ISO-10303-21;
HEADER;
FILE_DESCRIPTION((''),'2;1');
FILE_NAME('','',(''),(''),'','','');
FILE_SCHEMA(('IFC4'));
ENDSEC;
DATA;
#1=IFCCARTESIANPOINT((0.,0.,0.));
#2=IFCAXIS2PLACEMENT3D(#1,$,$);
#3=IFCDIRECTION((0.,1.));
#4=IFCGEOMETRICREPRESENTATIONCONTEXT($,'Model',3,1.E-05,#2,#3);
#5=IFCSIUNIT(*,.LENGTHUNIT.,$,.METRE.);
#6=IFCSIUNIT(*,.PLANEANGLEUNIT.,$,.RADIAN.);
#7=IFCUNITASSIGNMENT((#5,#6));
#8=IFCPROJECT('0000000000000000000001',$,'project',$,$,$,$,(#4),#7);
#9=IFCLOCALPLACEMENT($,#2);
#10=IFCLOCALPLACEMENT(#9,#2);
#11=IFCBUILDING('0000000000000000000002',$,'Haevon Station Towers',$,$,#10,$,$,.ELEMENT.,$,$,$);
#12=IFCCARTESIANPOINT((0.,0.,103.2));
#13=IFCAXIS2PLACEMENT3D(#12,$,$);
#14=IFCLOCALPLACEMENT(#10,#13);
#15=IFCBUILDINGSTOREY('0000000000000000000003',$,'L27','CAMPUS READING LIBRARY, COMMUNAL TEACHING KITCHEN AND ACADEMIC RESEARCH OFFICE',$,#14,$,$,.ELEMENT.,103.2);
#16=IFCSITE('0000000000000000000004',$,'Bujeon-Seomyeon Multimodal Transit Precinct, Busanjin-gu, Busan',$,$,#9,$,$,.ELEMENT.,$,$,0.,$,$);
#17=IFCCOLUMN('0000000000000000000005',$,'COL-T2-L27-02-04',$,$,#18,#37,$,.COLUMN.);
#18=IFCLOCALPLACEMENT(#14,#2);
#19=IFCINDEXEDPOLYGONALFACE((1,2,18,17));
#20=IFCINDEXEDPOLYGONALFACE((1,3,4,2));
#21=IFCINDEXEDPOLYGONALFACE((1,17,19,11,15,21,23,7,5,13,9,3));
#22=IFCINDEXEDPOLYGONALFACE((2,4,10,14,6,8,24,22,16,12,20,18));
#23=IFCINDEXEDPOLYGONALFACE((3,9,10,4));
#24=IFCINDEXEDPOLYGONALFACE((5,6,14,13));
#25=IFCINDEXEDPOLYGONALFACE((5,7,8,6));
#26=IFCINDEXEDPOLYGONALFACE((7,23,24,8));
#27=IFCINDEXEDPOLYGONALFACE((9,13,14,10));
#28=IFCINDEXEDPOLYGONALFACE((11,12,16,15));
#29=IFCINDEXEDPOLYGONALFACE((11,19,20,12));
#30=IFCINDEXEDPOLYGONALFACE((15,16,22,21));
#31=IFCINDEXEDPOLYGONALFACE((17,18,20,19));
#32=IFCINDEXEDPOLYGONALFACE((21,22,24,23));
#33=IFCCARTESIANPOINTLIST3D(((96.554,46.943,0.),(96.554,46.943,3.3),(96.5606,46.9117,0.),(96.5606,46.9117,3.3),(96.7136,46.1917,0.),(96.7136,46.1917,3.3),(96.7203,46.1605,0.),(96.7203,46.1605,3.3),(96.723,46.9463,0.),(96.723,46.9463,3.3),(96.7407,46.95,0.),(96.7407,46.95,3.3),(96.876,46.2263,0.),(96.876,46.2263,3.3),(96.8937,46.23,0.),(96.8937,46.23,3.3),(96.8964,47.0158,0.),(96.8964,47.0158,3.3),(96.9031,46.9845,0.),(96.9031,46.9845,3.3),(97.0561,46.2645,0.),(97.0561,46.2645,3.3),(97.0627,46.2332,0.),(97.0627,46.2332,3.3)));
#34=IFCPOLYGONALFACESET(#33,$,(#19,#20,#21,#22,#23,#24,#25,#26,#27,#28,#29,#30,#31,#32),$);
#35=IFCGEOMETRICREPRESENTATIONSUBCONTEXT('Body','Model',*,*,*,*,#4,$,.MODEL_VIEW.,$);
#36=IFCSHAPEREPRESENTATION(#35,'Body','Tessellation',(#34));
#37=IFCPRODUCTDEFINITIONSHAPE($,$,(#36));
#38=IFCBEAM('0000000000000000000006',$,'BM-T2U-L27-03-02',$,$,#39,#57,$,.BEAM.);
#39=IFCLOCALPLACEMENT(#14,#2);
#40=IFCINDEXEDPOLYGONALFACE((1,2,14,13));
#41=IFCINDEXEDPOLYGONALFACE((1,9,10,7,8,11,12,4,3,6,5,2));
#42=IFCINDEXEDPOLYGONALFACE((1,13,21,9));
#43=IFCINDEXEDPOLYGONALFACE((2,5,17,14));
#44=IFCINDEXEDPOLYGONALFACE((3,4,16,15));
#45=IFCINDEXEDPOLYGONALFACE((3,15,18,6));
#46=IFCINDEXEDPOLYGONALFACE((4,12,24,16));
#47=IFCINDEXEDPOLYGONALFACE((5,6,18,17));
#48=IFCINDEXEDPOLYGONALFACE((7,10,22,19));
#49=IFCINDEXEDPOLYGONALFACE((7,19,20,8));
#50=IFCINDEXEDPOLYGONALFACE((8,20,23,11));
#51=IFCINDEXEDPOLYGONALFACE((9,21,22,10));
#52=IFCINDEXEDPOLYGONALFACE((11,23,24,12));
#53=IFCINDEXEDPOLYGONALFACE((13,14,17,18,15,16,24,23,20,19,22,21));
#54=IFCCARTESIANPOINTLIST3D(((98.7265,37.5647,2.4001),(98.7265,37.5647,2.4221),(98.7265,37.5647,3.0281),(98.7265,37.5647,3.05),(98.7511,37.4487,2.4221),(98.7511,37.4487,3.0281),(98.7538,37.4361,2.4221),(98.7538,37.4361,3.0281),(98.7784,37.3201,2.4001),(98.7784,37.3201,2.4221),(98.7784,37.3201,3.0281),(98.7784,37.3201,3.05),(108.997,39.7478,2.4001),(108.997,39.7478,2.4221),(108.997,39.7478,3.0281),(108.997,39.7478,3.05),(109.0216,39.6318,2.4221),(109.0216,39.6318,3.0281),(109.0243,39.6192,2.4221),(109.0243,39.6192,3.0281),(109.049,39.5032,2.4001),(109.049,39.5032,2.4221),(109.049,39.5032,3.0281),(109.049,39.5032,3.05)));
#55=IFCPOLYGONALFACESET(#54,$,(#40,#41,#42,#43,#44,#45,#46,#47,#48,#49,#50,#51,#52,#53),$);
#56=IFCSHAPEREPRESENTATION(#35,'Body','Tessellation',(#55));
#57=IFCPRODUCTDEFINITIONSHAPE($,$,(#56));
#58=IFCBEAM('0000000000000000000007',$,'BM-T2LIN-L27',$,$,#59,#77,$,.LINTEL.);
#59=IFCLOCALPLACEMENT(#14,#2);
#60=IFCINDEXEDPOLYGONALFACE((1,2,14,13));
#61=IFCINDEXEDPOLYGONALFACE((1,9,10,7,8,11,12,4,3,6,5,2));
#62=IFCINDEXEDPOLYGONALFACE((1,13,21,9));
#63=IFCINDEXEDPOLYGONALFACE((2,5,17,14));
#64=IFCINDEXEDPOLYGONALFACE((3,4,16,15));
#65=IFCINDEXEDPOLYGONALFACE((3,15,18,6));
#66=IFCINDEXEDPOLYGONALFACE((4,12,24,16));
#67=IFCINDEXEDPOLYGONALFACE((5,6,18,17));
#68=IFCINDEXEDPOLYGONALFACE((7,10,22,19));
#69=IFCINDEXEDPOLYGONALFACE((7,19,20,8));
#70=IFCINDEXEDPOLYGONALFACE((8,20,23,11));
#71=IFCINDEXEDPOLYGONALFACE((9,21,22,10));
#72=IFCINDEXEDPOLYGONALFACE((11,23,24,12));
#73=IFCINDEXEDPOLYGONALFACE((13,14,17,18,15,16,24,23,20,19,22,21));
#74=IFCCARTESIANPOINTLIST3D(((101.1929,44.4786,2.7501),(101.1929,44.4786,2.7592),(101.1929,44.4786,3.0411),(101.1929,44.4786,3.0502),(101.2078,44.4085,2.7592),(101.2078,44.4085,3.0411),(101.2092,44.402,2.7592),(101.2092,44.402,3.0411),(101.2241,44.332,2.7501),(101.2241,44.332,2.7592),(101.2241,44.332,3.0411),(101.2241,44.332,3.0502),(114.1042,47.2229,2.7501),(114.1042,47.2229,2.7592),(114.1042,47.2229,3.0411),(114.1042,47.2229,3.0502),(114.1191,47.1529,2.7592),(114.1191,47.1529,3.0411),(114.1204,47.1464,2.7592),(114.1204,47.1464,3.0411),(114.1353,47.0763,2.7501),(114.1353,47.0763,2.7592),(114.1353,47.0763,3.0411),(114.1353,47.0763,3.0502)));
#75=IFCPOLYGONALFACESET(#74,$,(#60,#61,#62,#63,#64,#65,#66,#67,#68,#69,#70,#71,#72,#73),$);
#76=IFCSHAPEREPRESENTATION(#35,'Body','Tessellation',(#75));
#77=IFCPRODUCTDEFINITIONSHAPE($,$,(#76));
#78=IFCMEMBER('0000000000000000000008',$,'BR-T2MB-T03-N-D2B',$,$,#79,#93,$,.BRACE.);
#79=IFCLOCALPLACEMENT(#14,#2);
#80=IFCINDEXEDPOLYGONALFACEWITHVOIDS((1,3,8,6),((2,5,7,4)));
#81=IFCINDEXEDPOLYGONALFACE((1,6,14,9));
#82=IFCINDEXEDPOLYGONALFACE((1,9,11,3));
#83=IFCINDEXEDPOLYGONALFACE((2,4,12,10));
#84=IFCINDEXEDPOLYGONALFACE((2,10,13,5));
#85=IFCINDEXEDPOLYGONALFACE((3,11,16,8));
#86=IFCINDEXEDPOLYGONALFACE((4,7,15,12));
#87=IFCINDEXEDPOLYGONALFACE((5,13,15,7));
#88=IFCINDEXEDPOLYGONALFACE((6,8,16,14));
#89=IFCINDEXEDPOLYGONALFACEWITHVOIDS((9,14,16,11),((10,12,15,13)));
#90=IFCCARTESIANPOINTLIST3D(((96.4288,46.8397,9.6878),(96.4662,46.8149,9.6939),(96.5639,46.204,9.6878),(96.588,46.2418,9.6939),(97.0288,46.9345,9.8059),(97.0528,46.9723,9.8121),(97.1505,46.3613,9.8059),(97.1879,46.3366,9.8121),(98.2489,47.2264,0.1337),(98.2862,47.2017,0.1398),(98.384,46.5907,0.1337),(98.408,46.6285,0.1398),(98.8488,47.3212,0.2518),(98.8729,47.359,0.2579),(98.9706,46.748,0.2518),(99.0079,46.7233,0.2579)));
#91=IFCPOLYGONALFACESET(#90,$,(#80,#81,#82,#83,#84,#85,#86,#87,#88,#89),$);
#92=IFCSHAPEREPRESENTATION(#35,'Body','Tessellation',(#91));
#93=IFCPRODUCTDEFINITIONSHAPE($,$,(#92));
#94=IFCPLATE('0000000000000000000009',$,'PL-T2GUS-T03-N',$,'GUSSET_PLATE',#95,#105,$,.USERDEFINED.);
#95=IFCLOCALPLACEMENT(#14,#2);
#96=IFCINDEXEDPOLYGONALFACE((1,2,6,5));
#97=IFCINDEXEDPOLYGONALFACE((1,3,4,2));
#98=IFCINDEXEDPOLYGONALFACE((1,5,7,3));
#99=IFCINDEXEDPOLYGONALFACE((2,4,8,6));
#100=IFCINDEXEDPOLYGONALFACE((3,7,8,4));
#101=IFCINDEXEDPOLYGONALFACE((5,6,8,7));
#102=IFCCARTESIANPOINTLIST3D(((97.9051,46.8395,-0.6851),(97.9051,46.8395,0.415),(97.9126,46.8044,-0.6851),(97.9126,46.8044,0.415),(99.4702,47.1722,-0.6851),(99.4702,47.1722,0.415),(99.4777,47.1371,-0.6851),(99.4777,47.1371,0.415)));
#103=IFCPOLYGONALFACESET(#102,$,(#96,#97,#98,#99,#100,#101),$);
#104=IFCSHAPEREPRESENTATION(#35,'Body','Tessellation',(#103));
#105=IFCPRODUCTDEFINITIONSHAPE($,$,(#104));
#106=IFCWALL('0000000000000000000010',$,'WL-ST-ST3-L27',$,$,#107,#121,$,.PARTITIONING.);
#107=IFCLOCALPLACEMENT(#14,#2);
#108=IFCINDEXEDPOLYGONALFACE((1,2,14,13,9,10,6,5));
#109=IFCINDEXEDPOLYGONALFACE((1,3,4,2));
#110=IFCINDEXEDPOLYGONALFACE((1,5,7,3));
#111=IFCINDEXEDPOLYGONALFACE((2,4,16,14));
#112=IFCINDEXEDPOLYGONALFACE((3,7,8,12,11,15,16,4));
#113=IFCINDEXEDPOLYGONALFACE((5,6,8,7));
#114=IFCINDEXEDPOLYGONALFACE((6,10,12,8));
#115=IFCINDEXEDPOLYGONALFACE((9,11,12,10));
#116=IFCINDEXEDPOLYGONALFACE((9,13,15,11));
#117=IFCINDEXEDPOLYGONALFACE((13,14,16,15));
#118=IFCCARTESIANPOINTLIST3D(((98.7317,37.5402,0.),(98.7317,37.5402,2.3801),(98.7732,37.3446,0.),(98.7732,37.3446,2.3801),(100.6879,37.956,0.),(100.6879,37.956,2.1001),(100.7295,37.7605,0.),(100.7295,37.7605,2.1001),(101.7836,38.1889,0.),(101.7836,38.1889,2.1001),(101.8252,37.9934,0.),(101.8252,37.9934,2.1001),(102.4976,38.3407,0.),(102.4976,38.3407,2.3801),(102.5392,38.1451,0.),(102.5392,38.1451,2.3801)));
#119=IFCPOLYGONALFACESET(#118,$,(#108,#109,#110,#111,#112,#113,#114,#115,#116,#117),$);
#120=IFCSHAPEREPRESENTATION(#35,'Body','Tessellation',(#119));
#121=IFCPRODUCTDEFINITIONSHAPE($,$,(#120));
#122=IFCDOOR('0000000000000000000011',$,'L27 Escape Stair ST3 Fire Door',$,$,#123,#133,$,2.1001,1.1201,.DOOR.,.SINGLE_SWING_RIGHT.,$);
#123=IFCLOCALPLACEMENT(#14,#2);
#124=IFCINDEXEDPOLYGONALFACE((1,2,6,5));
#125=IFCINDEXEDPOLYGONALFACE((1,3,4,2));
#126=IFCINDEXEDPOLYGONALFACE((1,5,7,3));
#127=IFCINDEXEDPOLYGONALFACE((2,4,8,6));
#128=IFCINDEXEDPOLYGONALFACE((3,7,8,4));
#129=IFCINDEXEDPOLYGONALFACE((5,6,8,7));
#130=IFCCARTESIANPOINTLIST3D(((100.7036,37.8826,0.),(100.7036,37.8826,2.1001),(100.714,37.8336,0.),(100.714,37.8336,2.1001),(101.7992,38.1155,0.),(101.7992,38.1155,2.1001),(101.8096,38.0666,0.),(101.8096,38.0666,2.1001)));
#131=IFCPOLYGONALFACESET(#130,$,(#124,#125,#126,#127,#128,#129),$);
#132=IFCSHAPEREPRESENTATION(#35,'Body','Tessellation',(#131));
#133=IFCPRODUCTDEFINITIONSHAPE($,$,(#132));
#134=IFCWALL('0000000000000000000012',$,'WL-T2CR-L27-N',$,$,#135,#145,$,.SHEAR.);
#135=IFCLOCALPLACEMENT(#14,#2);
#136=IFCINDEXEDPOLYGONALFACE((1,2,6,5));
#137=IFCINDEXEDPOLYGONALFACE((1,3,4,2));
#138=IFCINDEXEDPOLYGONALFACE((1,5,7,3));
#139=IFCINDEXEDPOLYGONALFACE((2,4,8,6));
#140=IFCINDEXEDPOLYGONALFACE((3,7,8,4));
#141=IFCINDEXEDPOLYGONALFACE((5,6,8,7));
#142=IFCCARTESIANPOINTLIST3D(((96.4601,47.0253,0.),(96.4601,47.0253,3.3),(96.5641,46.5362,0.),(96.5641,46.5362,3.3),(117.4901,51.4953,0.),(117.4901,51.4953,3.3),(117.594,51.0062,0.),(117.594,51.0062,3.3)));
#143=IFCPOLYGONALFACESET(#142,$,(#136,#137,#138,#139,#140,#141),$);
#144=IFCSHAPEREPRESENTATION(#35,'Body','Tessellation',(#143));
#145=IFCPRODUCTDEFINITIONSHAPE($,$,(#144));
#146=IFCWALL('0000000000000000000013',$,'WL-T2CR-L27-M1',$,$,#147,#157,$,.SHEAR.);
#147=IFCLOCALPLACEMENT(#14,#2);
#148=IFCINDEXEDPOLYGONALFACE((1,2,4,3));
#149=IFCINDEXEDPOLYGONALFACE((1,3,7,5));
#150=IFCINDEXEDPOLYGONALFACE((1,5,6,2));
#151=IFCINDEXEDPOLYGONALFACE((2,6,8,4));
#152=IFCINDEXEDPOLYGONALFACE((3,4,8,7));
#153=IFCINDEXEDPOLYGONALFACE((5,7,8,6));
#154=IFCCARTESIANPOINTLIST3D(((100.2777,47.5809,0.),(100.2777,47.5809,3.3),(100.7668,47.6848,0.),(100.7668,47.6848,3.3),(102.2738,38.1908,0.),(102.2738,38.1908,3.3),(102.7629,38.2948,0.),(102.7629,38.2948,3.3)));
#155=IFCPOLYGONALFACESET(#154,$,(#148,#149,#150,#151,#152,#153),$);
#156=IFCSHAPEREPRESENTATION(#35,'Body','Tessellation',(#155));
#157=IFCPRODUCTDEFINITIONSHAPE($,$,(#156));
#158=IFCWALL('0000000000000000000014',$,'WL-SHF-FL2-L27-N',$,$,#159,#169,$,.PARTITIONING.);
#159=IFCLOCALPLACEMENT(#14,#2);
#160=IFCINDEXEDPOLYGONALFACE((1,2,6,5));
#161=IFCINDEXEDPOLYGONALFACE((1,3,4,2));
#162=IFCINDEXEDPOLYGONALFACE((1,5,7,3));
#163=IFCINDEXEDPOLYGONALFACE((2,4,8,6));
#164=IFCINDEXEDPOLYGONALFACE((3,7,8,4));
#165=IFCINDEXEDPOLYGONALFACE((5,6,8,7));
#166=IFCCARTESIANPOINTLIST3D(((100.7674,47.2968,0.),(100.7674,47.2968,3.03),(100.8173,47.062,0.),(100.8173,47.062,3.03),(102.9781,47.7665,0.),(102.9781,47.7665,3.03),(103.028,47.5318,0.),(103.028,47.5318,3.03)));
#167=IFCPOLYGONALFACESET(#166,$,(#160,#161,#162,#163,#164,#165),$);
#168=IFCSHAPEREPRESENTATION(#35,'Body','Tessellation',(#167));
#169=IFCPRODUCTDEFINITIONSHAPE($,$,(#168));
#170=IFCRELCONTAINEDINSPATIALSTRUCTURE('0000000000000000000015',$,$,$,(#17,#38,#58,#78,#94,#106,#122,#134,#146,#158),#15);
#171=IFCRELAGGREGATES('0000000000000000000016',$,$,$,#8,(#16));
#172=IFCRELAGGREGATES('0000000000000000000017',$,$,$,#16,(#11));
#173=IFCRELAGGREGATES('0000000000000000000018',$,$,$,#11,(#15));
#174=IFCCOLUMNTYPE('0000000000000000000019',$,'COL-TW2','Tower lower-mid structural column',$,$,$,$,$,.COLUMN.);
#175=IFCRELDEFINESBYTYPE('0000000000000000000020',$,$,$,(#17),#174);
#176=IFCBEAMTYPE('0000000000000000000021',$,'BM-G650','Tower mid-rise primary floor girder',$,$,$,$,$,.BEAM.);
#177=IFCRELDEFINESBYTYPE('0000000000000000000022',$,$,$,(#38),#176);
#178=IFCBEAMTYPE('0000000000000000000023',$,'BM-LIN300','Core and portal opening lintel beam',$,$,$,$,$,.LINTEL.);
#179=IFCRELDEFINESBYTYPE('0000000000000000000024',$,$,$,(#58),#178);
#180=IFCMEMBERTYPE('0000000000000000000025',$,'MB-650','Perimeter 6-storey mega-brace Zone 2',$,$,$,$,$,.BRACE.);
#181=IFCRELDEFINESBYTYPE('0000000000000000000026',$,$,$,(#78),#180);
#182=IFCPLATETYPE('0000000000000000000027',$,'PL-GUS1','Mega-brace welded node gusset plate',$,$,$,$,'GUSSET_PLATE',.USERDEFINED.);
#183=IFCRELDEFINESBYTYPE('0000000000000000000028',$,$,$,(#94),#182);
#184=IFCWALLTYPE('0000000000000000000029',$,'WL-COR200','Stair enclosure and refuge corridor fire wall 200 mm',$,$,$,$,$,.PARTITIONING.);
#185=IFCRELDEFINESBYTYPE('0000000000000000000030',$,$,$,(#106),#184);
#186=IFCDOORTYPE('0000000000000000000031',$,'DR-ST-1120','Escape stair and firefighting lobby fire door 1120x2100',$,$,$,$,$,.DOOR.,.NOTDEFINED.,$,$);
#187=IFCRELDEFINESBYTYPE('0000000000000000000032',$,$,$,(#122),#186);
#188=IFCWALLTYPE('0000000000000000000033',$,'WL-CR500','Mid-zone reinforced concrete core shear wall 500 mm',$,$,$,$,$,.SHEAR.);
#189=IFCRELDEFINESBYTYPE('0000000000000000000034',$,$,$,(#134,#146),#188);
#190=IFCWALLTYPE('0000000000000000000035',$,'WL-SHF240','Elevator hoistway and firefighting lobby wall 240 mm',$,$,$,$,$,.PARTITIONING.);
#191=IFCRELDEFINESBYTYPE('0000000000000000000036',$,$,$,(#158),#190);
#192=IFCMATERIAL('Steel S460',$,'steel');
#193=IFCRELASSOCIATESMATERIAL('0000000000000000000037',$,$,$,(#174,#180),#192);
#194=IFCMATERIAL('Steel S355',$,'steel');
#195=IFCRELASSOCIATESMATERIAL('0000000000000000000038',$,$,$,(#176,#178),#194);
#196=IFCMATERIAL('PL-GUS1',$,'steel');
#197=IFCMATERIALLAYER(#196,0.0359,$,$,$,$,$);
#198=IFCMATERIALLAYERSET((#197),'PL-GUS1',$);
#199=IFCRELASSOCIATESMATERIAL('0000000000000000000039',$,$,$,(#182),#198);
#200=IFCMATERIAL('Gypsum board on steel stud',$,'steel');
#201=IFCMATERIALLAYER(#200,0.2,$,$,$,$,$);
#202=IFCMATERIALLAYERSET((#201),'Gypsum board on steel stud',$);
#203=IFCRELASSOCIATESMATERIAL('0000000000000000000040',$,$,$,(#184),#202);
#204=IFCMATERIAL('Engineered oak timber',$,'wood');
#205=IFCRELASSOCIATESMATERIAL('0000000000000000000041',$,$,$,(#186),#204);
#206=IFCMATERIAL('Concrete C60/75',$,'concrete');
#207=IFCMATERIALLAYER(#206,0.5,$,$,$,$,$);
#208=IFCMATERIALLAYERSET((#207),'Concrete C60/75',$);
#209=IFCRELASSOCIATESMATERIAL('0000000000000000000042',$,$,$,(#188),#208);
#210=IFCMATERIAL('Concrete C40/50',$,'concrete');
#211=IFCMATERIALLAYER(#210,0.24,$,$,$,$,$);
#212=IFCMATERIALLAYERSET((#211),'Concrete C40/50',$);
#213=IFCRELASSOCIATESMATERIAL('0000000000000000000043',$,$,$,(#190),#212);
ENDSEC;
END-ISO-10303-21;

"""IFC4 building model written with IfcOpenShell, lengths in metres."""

from ifc_helpers import new_model, si_unit, direction, frame, frame_2d, origin, origin_2d, place, context, subcontext, project, spatial, rectangle, hollow_rectangle, i_section, extrude, material, layer, layer_set, material_profile, profile_set, type_object, element, fill, save


model = new_model("IFC4")

# Units and contexts
model_context = context("Model", 3, precision=1e-05, world=origin(), true_north=direction((0.0, 1.0)))
body_context = subcontext(model_context, "Body", "Model", "MODEL_VIEW")
ifc_project = project(units=[si_unit("LENGTHUNIT", "METRE"), si_unit("PLANEANGLEUNIT", "RADIAN")], contexts=[model_context])

# Site, building, storey
site_placement = place(None, origin())
site = spatial("IfcSite", under=ifc_project, at=site_placement, Name="Bujeon-Seomyeon Multimodal Transit Precinct, Busanjin-gu, Busan", CompositionType="ELEMENT", RefElevation=0.0)
building_placement = place(site_placement, origin())
building = spatial("IfcBuilding", under=site, at=building_placement, Name="Haevon Station Towers", CompositionType="ELEMENT")
storey_placement = place(building_placement, frame((0.0, 0.0, 103.2)))
storey = spatial("IfcBuildingStorey", under=building, at=storey_placement, Name="L27", Description="CAMPUS READING LIBRARY, COMMUNAL TEACHING KITCHEN AND ACADEMIC RESEARCH OFFICE", CompositionType="ELEMENT", Elevation=103.2)

# Column
ifc_material_1 = material(Name="Steel S460", Category="steel")
ifc_material_profile_1 = material_profile(ifc_material_1, i_section(OverallWidth=0.3501, OverallDepth=0.8, WebThickness=0.0181, FlangeThickness=0.032, at=origin_2d()), Name="H-800x350x18x32")
ifc_profile_set_1 = profile_set([ifc_material_profile_1], Name="Steel S460")
column_type = type_object("IfcColumnType", Name="COL-TW2", Description="Tower lower-mid structural column", PredefinedType="COLUMN", material=ifc_profile_set_1)
column_placement = place(storey_placement, frame((96.8083, 46.5881, 0.0), z_axis=(0.0, 0.0, 1.0), x_axis=(0.978148, 0.207912, 0.0)))
element("IfcColumn", 1, at=column_placement, inside=storey, type_object=column_type, Name="COL-T2-L27-02-04", PredefinedType="COLUMN", context=body_context, shape_type="SweptSolid", body=[
    extrude(i_section(OverallWidth=0.3501, OverallDepth=0.8, WebThickness=0.0181, FlangeThickness=0.032, at=origin_2d()), origin(), (0.0, 0.0, 1.0), 3.3),
])

# Beams
ifc_material_2 = material(Name="Steel S355", Category="steel")
ifc_material_profile_2 = material_profile(ifc_material_2, i_section(OverallWidth=0.25, OverallDepth=0.6499, WebThickness=0.0129, FlangeThickness=0.022, at=origin_2d()), Name="H-650x250x13x22")
ifc_profile_set_2 = profile_set([ifc_material_profile_2], Name="Steel S355")
beam_type_1 = type_object("IfcBeamType", Name="BM-G650", Description="Tower mid-rise primary floor girder", PredefinedType="BEAM", material=ifc_profile_set_2)
beam_1_placement = place(storey_placement, frame((98.7524, 37.4424, 2.7251), z_axis=(0.978147, 0.207915, 0.0), x_axis=(-0.207915, 0.978147, 0.0)))
element("IfcBeam", 2, at=beam_1_placement, inside=storey, type_object=beam_type_1, Name="BM-T2U-L27-03-02", PredefinedType="BEAM", context=body_context, shape_type="SweptSolid", body=[
    extrude(i_section(OverallWidth=0.25, OverallDepth=0.6499, WebThickness=0.0129, FlangeThickness=0.022, at=origin_2d()), origin(), (0.0, 0.0, 1.0), 10.5),
])
ifc_material_profile_3 = material_profile(ifc_material_2, i_section(OverallWidth=0.1499, OverallDepth=0.3, WebThickness=0.0066, FlangeThickness=0.009, at=origin_2d()), Name="H-300x150x6.5x9")
ifc_profile_set_3 = profile_set([ifc_material_profile_3], Name="Steel S355")
beam_type_2 = type_object("IfcBeamType", Name="BM-LIN300", Description="Core and portal opening lintel beam", PredefinedType="LINTEL", material=ifc_profile_set_3)
beam_2_placement = place(storey_placement, frame((101.2085, 44.4053, 2.9001), z_axis=(0.978148, 0.207911, 0.0), x_axis=(-0.207911, 0.978148, 0.0)))
element("IfcBeam", 3, at=beam_2_placement, inside=storey, type_object=beam_type_2, Name="BM-T2LIN-L27", PredefinedType="LINTEL", context=body_context, shape_type="SweptSolid", body=[
    extrude(i_section(OverallWidth=0.1499, OverallDepth=0.3, WebThickness=0.0066, FlangeThickness=0.009, at=origin_2d()), origin(), (0.0, 0.0, 1.0), 13.1997),
])

# Member
ifc_material_profile_4 = material_profile(ifc_material_1, hollow_rectangle(XDim=0.6499, YDim=0.6499, WallThickness=0.032, at=origin_2d()), Name="RHS-650x650x32")
ifc_profile_set_4 = profile_set([ifc_material_profile_4], Name="Steel S460")
member_type = type_object("IfcMemberType", Name="MB-650", Description="Perimeter 6-storey mega-brace Zone 2", PredefinedType="BRACE", material=ifc_profile_set_4)
member_placement = place(storey_placement, frame((98.6284, 46.9749, 0.1958), z_axis=(-0.186986, -0.03973, 0.981559), x_axis=(0.207835, -0.978164, 0.0)))
element("IfcMember", 4, at=member_placement, inside=storey, type_object=member_type, Name="BR-T2MB-T03-N-D2B", PredefinedType="BRACE", context=body_context, shape_type="SweptSolid", body=[
    extrude(hollow_rectangle(XDim=0.6499, YDim=0.6499, WallThickness=0.032, at=origin_2d()), origin(), (0.0, 0.0, 1.0), 9.7336),
])

# Plate
ifc_material_3 = material(Name="PL-GUS1", Category="steel")
ifc_layer_1 = layer(ifc_material_3, 0.0359)
ifc_layer_set_1 = layer_set([ifc_layer_1], Name="PL-GUS1")
plate_type = type_object("IfcPlateType", Name="PL-GUS1", Description="Mega-brace welded node gusset plate", ElementType="GUSSET_PLATE", PredefinedType="USERDEFINED", material=ifc_layer_set_1)
plate_placement = place(storey_placement, frame((98.6914, 46.9883, -0.6851), z_axis=(0.0, 0.0, 1.0), x_axis=(0.978148, 0.207912, 0.0)))
element("IfcPlate", 5, at=plate_placement, inside=storey, type_object=plate_type, Name="PL-T2GUS-T03-N", ObjectType="GUSSET_PLATE", PredefinedType="USERDEFINED", context=body_context, shape_type="SweptSolid", body=[
    extrude(rectangle(XDim=1.6001, YDim=0.0359, at=origin_2d()), origin(), (0.0, 0.0, 1.0), 1.1001),
])

# Wall, opening, door
ifc_material_4 = material(Name="Gypsum board on steel stud", Category="steel")
ifc_layer_2 = layer(ifc_material_4, 0.2)
ifc_layer_set_2 = layer_set([ifc_layer_2], Name="Gypsum board on steel stud")
wall_type_1 = type_object("IfcWallType", Name="WL-COR200", Description="Stair enclosure and refuge corridor fire wall 200 mm", PredefinedType="PARTITIONING", material=ifc_layer_set_2)
wall_1_placement = place(storey_placement, frame((98.7524, 37.4424, 0.0), z_axis=(0.0, 0.0, 1.0), x_axis=(0.978144, 0.207931, 0.0)))
wall_1 = element("IfcWall", 6, at=wall_1_placement, inside=storey, type_object=wall_type_1, Name="WL-ST-ST3-L27", PredefinedType="PARTITIONING", context=body_context, shape_type="SweptSolid", body=[
    extrude(rectangle(XDim=3.8501, YDim=0.2, at=frame_2d((1.925, 0.0))), origin(), (0.0, 0.0, 1.0), 2.3801),
])
opening_1_placement = place(wall_1_placement, frame((2.0, 0.0, 0.0)))
opening_1 = element("IfcOpeningElement", 7, at=opening_1_placement, cuts=wall_1, PredefinedType="OPENING", context=body_context, shape_type="SweptSolid", body=[
    extrude(rectangle(XDim=1.1201, YDim=2.1001, at=frame_2d((0.5601, 1.05))), frame((0.0, 0.1099, 0.0), z_axis=(0.0, -1.0, 0.0), x_axis=(1.0, 0.0, 0.0)), (0.0, 0.0, 1.0), 0.22),
])
ifc_material_5 = material(Name="Engineered oak timber", Category="wood")
door_type_1 = type_object("IfcDoorType", Name="DR-ST-1120", Description="Escape stair and firefighting lobby fire door 1120x2100", OperationType="NOTDEFINED", PredefinedType="DOOR", material=ifc_material_5)
door_1_placement = place(opening_1_placement, origin())
door_1 = element("IfcDoor", 8, at=door_1_placement, inside=storey, type_object=door_type_1, Name="L27 Escape Stair ST3 Fire Door", OperationType="SINGLE_SWING_RIGHT", OverallHeight=2.1001, OverallWidth=1.1201, PredefinedType="DOOR", context=body_context, shape_type="SweptSolid", body=[
    extrude(rectangle(XDim=1.1201, YDim=2.1001, at=frame_2d((0.5601, 1.05))), frame((0.0, 0.0249, 0.0), z_axis=(0.0, -1.0, 0.0), x_axis=(1.0, 0.0, 0.0)), (0.0, 0.0, 1.0), 0.05),
])
fill(opening_1, door_1)

# Walls
ifc_material_6 = material(Name="Concrete C60/75", Category="concrete")
ifc_layer_3 = layer(ifc_material_6, 0.5)
ifc_layer_set_3 = layer_set([ifc_layer_3], Name="Concrete C60/75")
wall_type_2 = type_object("IfcWallType", Name="WL-CR500", Description="Mid-zone reinforced concrete core shear wall 500 mm", PredefinedType="SHEAR", material=ifc_layer_set_3)
wall_2_placement = place(storey_placement, frame((96.512, 46.7808, 0.0), z_axis=(0.0, 0.0, 1.0), x_axis=(0.978149, 0.207907, 0.0)))
element("IfcWall", 9, at=wall_2_placement, inside=storey, type_object=wall_type_2, Name="WL-T2CR-L27-N", PredefinedType="SHEAR", context=body_context, shape_type="SweptSolid", body=[
    extrude(rectangle(XDim=21.4998, YDim=0.5, at=frame_2d((10.75, 0.0))), origin(), (0.0, 0.0, 1.0), 3.3),
])
wall_3_placement = place(storey_placement, frame((102.5183, 38.2429, 0.0), z_axis=(0.0, 0.0, 1.0), x_axis=(-0.207927, 0.978144, 0.0)))
element("IfcWall", 10, at=wall_3_placement, inside=storey, type_object=wall_type_2, Name="WL-T2CR-L27-M1", PredefinedType="SHEAR", context=body_context, shape_type="SweptSolid", body=[
    extrude(rectangle(XDim=9.5999, YDim=0.5, at=frame_2d((4.7998, 0.0))), origin(), (0.0, 0.0, 1.0), 3.3),
])

# Shared definitions
ifc_material_7 = material(Name="Concrete C40/50", Category="concrete")
ifc_layer_4 = layer(ifc_material_7, 0.24)
ifc_layer_set_4 = layer_set([ifc_layer_4], Name="Concrete C40/50")
wall_type_3 = type_object("IfcWallType", Name="WL-SHF240", Description="Elevator hoistway and firefighting lobby wall 240 mm", PredefinedType="PARTITIONING", material=ifc_layer_set_4)

# Wall
wall_4_placement = place(storey_placement, frame((100.7925, 47.1794, 0.0), z_axis=(0.0, 0.0, 1.0), x_axis=(0.978163, 0.207839, 0.0)))
element("IfcWall", 11, at=wall_4_placement, inside=storey, type_object=wall_type_3, Name="WL-SHF-FL2-L27-N", PredefinedType="PARTITIONING", context=body_context, shape_type="SweptSolid", body=[
    extrude(rectangle(XDim=2.26, YDim=0.24, at=frame_2d((1.1299, 0.0))), origin(), (0.0, 0.0, 1.0), 3.03),
])

save(model, "model.ifc")
